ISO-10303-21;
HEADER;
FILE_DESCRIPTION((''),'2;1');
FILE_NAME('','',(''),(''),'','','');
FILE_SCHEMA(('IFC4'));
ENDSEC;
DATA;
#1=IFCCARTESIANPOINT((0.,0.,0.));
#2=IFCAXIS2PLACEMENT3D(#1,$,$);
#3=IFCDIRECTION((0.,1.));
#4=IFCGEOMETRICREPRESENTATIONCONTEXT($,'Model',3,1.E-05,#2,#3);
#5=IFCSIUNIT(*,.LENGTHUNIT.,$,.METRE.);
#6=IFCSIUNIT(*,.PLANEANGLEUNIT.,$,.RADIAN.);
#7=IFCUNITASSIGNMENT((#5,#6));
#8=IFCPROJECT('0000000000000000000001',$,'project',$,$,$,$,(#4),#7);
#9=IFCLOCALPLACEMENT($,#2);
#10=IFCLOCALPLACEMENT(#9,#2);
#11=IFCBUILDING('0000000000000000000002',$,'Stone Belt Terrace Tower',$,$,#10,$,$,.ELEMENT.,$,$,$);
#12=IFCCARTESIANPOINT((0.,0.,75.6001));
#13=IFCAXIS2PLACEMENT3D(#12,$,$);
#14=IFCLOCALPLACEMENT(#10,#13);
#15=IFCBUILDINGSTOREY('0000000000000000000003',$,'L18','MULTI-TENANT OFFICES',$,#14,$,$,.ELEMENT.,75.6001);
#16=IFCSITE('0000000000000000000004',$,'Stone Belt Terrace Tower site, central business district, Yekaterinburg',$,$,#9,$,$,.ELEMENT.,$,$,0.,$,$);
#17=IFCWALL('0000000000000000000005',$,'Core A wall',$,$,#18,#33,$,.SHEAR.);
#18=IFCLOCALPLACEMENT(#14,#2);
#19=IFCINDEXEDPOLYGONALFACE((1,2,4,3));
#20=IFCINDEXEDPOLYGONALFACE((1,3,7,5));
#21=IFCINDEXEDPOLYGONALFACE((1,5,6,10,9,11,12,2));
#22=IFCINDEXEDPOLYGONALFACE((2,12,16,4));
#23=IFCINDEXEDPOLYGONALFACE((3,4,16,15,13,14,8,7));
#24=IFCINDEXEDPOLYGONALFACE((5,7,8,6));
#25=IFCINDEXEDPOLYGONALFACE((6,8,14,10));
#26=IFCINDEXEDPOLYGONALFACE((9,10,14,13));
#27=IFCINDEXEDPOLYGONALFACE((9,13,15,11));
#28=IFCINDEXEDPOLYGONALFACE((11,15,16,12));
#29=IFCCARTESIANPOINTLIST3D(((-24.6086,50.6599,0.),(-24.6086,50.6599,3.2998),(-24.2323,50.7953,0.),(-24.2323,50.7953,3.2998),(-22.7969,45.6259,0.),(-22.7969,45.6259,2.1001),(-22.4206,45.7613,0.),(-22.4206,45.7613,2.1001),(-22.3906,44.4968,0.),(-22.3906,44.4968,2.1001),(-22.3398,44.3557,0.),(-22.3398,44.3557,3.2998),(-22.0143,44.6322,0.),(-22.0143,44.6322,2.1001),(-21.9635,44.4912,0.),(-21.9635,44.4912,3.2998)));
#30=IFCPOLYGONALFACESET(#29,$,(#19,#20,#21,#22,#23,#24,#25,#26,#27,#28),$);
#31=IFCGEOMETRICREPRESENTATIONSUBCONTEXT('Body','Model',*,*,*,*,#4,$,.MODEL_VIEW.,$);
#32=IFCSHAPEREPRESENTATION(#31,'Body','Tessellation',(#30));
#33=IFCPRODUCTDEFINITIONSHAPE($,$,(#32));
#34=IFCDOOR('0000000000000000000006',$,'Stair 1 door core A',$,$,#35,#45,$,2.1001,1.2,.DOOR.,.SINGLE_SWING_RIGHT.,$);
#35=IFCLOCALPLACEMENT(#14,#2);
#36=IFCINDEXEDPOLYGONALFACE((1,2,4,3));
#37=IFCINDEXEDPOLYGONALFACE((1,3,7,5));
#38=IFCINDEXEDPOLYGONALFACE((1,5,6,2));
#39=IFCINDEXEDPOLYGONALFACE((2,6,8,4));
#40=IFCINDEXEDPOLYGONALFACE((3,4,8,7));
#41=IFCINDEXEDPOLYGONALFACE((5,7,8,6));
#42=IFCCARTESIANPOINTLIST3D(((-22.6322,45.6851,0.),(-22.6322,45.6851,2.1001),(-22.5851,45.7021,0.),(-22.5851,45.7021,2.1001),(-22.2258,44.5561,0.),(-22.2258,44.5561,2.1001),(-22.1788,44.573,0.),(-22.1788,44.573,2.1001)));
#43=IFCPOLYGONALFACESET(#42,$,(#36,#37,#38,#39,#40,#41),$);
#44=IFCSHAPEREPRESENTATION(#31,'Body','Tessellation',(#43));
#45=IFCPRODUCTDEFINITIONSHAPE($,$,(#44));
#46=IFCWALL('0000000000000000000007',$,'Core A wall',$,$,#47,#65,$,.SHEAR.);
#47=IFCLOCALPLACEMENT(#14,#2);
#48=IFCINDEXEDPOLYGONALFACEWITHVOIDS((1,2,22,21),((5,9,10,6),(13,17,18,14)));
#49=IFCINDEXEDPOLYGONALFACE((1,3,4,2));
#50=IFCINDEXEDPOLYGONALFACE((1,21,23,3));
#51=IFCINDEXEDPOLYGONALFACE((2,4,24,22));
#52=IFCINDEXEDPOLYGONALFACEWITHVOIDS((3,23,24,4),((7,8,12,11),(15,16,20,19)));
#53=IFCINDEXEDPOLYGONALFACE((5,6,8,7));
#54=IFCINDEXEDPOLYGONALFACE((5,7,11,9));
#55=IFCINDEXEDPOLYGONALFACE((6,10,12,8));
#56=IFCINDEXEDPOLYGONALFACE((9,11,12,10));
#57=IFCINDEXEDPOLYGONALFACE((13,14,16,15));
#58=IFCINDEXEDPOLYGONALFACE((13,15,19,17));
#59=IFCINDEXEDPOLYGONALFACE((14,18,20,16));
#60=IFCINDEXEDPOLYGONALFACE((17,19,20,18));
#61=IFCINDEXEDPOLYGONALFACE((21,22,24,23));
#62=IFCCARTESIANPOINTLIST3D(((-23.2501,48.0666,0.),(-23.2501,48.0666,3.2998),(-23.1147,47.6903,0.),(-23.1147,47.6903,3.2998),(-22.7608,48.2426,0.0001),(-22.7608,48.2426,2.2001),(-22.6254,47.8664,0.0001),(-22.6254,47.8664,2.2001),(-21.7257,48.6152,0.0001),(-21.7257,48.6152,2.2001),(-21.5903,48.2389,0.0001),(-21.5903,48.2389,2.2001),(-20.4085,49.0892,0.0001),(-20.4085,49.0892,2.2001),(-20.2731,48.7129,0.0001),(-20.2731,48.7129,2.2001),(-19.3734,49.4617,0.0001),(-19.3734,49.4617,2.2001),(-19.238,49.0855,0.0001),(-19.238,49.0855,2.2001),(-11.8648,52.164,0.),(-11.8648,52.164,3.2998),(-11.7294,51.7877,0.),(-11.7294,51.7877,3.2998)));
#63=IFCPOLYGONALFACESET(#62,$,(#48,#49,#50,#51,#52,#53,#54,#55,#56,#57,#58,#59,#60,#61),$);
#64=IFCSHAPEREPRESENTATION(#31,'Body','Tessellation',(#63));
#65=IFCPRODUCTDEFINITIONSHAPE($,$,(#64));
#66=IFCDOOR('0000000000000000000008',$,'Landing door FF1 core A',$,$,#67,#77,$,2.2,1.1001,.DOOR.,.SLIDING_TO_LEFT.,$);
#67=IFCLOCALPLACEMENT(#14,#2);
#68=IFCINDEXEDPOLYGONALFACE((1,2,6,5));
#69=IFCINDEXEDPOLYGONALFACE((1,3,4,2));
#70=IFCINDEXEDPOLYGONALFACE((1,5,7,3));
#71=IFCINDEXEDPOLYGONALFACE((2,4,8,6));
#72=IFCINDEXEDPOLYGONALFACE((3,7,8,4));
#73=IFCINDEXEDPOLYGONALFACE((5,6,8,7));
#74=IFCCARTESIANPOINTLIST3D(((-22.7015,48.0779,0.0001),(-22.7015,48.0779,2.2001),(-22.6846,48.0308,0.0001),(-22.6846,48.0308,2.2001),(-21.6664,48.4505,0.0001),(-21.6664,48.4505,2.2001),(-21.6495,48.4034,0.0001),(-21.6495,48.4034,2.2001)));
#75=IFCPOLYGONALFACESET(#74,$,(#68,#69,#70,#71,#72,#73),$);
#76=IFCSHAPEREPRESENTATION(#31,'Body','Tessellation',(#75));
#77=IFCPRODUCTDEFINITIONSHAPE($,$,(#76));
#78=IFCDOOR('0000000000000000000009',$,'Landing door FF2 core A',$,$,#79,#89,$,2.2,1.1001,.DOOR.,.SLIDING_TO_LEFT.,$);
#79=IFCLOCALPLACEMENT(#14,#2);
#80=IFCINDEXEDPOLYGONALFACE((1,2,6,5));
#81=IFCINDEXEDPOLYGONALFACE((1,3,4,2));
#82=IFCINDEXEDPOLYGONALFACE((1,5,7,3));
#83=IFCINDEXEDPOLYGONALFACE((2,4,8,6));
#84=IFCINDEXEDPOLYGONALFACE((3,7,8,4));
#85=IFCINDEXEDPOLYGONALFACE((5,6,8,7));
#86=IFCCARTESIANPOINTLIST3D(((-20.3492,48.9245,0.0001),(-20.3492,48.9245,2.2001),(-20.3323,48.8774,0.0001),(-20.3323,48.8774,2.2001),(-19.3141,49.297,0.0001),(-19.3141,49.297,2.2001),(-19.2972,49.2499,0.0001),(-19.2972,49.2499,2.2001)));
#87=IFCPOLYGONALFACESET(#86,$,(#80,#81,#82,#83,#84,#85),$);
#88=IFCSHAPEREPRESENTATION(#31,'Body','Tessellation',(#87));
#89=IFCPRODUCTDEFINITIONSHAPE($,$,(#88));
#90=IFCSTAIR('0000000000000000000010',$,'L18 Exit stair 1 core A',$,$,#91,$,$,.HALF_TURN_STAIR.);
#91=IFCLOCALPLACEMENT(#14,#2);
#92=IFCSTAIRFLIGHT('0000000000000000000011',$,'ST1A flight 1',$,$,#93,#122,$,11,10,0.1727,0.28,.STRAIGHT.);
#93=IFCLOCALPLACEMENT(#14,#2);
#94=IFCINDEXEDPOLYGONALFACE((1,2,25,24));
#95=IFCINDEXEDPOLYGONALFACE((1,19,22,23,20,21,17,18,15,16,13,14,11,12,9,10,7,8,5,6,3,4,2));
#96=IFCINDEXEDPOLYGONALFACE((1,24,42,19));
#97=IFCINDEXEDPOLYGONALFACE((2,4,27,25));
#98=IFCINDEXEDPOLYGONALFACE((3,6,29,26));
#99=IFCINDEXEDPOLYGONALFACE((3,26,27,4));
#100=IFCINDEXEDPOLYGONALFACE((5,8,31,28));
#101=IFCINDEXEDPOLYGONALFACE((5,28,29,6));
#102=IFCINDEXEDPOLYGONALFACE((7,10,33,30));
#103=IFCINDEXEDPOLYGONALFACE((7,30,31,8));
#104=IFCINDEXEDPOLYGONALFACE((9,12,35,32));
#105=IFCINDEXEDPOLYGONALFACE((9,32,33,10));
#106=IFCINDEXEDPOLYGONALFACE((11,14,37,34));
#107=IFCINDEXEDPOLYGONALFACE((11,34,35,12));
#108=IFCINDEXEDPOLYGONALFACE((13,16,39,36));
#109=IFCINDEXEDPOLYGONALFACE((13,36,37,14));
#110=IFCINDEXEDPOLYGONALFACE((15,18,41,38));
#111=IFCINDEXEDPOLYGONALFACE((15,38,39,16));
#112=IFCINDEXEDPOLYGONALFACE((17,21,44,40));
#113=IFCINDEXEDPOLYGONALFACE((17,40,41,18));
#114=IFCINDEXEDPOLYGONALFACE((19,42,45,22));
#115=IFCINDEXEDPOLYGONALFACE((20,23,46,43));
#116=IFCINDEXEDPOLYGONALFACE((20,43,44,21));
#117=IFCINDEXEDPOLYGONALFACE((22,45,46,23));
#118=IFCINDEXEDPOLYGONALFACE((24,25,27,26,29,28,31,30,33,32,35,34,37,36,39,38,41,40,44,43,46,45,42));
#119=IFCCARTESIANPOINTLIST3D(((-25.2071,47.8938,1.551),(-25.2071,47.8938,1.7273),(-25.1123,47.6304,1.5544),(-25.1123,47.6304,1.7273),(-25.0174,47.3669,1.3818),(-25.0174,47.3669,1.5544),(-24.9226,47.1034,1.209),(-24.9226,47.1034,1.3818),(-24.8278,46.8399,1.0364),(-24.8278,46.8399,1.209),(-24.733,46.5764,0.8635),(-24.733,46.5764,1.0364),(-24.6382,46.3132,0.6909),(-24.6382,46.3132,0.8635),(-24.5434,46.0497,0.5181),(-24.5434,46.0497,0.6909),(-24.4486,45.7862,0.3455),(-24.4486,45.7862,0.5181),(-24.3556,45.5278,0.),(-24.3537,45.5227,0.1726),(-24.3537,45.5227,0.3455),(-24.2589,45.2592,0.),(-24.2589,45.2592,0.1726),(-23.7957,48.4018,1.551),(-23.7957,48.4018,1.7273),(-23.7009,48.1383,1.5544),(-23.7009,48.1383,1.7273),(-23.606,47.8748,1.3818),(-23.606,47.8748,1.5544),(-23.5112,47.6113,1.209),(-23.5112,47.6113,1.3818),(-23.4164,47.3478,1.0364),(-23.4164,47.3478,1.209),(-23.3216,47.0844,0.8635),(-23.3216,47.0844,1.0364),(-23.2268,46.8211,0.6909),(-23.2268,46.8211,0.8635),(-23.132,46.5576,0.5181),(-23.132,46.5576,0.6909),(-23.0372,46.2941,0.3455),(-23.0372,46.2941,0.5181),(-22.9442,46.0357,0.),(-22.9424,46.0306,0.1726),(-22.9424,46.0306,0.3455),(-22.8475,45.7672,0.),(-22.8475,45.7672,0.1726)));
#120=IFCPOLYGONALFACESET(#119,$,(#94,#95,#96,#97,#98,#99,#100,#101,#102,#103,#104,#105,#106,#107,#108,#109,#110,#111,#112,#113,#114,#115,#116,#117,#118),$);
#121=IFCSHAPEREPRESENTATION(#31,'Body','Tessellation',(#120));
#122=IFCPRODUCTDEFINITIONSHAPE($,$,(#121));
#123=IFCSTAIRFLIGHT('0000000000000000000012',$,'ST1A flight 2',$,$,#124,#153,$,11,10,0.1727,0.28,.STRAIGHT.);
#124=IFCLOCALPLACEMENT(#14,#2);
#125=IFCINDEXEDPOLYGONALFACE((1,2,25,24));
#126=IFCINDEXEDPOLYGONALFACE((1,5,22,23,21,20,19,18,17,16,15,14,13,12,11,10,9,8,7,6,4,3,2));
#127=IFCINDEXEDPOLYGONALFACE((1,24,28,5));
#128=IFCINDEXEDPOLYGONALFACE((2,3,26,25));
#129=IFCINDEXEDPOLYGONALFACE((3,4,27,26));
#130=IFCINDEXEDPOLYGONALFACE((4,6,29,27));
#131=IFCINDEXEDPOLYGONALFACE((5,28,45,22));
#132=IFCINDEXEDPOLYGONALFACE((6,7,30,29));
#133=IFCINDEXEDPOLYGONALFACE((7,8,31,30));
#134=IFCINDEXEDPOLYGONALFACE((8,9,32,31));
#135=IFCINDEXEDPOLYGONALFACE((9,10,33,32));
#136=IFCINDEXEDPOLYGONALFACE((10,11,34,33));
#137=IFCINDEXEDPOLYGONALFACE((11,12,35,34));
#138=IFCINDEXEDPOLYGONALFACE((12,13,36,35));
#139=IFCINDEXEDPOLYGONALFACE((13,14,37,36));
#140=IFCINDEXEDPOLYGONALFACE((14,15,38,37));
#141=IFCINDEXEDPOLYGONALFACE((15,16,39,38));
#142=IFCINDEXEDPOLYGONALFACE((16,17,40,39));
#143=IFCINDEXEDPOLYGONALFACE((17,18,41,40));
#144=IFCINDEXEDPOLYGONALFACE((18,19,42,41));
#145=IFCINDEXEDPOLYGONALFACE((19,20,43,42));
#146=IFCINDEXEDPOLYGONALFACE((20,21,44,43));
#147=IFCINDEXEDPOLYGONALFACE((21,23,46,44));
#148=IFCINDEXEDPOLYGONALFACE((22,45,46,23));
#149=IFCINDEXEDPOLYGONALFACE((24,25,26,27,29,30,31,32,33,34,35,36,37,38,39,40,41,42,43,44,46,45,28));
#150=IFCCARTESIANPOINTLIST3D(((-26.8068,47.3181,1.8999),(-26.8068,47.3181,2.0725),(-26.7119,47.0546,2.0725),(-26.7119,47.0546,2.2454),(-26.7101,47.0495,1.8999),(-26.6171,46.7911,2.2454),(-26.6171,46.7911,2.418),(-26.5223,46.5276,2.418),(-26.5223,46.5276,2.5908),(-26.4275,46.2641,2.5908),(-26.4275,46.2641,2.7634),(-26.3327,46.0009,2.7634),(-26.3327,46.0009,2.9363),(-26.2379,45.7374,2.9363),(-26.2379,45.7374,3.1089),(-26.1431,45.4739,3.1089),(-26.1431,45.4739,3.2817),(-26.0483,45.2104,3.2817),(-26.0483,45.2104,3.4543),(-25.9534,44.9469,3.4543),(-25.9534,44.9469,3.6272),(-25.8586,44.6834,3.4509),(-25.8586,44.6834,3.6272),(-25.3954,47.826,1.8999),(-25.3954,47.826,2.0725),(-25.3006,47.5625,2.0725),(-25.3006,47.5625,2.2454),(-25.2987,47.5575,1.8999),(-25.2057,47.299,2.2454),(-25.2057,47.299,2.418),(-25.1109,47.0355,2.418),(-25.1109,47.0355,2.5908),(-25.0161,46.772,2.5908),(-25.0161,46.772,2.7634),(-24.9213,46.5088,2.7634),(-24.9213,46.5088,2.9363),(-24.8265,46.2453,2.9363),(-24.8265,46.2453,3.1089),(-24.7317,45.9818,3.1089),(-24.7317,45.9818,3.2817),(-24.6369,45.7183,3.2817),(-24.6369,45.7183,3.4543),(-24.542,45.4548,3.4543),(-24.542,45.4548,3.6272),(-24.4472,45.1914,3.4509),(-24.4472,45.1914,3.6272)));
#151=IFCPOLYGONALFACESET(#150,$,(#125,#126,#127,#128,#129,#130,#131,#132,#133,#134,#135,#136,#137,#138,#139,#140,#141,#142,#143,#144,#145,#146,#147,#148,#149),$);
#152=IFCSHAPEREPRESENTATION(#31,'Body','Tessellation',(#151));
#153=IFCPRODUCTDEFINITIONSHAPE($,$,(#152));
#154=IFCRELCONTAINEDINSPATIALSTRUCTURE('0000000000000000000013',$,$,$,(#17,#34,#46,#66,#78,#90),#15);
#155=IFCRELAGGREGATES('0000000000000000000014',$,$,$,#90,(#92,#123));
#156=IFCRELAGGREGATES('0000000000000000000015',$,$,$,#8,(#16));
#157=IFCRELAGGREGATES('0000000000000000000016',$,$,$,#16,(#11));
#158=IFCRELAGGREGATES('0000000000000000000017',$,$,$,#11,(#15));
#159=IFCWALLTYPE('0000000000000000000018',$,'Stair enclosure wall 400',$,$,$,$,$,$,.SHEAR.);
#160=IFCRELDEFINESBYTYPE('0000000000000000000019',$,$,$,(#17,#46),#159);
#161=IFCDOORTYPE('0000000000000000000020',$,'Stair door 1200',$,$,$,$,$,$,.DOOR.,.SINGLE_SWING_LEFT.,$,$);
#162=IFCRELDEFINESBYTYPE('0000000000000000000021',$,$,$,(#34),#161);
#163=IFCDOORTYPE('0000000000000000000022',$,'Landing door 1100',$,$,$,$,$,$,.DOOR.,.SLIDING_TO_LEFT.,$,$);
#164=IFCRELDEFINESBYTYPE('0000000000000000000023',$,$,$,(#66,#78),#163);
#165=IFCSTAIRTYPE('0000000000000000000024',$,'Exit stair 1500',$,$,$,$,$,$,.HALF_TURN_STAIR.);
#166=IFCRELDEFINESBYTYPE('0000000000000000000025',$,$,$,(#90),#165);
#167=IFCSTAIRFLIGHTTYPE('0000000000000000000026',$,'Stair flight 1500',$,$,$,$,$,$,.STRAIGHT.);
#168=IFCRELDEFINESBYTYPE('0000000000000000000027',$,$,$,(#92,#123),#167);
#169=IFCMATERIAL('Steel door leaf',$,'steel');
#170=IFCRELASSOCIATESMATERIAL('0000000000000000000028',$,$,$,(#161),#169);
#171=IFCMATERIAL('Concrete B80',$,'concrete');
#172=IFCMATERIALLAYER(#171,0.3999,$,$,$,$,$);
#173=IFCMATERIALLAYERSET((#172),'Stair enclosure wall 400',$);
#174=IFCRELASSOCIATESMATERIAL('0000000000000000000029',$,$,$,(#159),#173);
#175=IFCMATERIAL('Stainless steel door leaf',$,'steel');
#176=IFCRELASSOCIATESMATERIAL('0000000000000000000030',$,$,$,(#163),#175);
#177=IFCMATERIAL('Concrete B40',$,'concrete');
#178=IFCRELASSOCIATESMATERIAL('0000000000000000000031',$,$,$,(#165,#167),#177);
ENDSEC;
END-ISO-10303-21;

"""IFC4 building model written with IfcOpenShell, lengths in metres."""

from ifc_helpers import new_model, si_unit, direction, frame, frame_2d, origin, place, context, subcontext, project, spatial, polyline, rectangle, outline, extrude, material, layer, layer_set, type_object, element, fill, aggregate, save


model = new_model("IFC4")

# Units and contexts
model_context = context("Model", 3, precision=1e-05, world=origin(), true_north=direction((0.0, 1.0)))
body_context = subcontext(model_context, "Body", "Model", "MODEL_VIEW")
ifc_project = project(units=[si_unit("LENGTHUNIT", "METRE"), si_unit("PLANEANGLEUNIT", "RADIAN")], contexts=[model_context])

# Site, building, storey
site_placement = place(None, origin())
site = spatial("IfcSite", under=ifc_project, at=site_placement, Name="Stone Belt Terrace Tower site, central business district, Yekaterinburg", CompositionType="ELEMENT", RefElevation=0.0)
building_placement = place(site_placement, origin())
building = spatial("IfcBuilding", under=site, at=building_placement, Name="Stone Belt Terrace Tower", CompositionType="ELEMENT")
storey_placement = place(building_placement, frame((0.0, 0.0, 75.6001)))
storey = spatial("IfcBuildingStorey", under=building, at=storey_placement, Name="L18", Description="MULTI-TENANT OFFICES", CompositionType="ELEMENT", Elevation=75.6001)

# Shared definitions
ifc_material_1 = material(Name="Concrete B80", Category="concrete")
ifc_material_2 = material(Name="Steel door leaf", Category="steel")
door_type_1 = type_object("IfcDoorType", Name="Stair door 1200", OperationType="SINGLE_SWING_LEFT", PredefinedType="DOOR", material=ifc_material_2)

# Shared definitions
ifc_layer_1 = layer(ifc_material_1, 0.3999)
ifc_layer_set_1 = layer_set([ifc_layer_1], Name="Stair enclosure wall 400")
wall_type_1 = type_object("IfcWallType", Name="Stair enclosure wall 400", PredefinedType="SHEAR", material=ifc_layer_set_1)

# Wall, opening, door
wall_1_placement = place(storey_placement, frame((-22.1516, 44.4233, 0.0), z_axis=(0.0, 0.0, 1.0), x_axis=(-0.338625, 0.940921, 0.0)))
wall_1 = element("IfcWall", 1, at=wall_1_placement, inside=storey, type_object=wall_type_1, Name="Core A wall", PredefinedType="SHEAR", context=body_context, shape_type="SweptSolid", body=[
    extrude(rectangle(XDim=6.7, YDim=0.3999, at=frame_2d((3.3501, 0.0))), origin(), (0.0, 0.0, 1.0), 3.2998),
])
opening_1_placement = place(wall_1_placement, frame((0.1499, 0.0, 0.0)))
opening_1 = element("IfcOpeningElement", 2, at=opening_1_placement, cuts=wall_1, PredefinedType="OPENING", context=body_context, shape_type="SweptSolid", body=[
    extrude(rectangle(XDim=1.2, YDim=2.1001, at=frame_2d((0.6001, 1.05))), frame((0.0, 0.21, 0.0), z_axis=(0.0, -1.0, 0.0), x_axis=(1.0, 0.0, 0.0)), (0.0, 0.0, 1.0), 0.4199),
])
door_1_placement = place(opening_1_placement, origin())
door_1 = element("IfcDoor", 3, at=door_1_placement, inside=storey, type_object=door_type_1, Name="Stair 1 door core A", OperationType="SINGLE_SWING_RIGHT", OverallHeight=2.1001, OverallWidth=1.2, PredefinedType="DOOR", context=body_context, shape_type="SweptSolid", body=[
    extrude(rectangle(XDim=1.2, YDim=2.1001, at=frame_2d((0.6001, 1.05))), frame((0.0, 0.0249, 0.0), z_axis=(0.0, -1.0, 0.0), x_axis=(1.0, 0.0, 0.0)), (0.0, 0.0, 1.0), 0.05),
])
fill(opening_1, door_1)

# Wall, openings, doors
wall_2_placement = place(storey_placement, frame((-23.1824, 47.8784, 0.0), z_axis=(0.0, 0.0, 1.0), x_axis=(0.940921, 0.338626, 0.0)))
wall_2 = element("IfcWall", 4, at=wall_2_placement, inside=storey, type_object=wall_type_1, Name="Core A wall", PredefinedType="SHEAR", context=body_context, shape_type="SweptSolid", body=[
    extrude(rectangle(XDim=12.1001, YDim=0.3999, at=frame_2d((6.05, 0.0))), origin(), (0.0, 0.0, 1.0), 3.2998),
])
opening_2_placement = place(wall_2_placement, frame((0.52, 0.0, 0.0)))
opening_2 = element("IfcOpeningElement", 5, at=opening_2_placement, cuts=wall_2, PredefinedType="OPENING", context=body_context, shape_type="SweptSolid", body=[
    extrude(rectangle(XDim=1.1001, YDim=2.2, at=frame_2d((0.55, 1.1001))), frame((0.0, 0.21, 0.0), z_axis=(0.0, -1.0, 0.0), x_axis=(1.0, 0.0, 0.0)), (0.0, 0.0, 1.0), 0.4199),
])
opening_3_placement = place(wall_2_placement, frame((3.02, 0.0, 0.0)))
opening_3 = element("IfcOpeningElement", 6, at=opening_3_placement, cuts=wall_2, PredefinedType="OPENING", context=body_context, shape_type="SweptSolid", body=[
    extrude(rectangle(XDim=1.1001, YDim=2.2, at=frame_2d((0.55, 1.1001))), frame((0.0, 0.21, 0.0), z_axis=(0.0, -1.0, 0.0), x_axis=(1.0, 0.0, 0.0)), (0.0, 0.0, 1.0), 0.4199),
])
ifc_material_3 = material(Name="Stainless steel door leaf", Category="steel")
door_type_2 = type_object("IfcDoorType", Name="Landing door 1100", OperationType="SLIDING_TO_LEFT", PredefinedType="DOOR", material=ifc_material_3)
door_2_placement = place(opening_2_placement, origin())
door_2 = element("IfcDoor", 7, at=door_2_placement, inside=storey, type_object=door_type_2, Name="Landing door FF1 core A", OperationType="SLIDING_TO_LEFT", OverallHeight=2.2, OverallWidth=1.1001, PredefinedType="DOOR", context=body_context, shape_type="SweptSolid", body=[
    extrude(rectangle(XDim=1.1001, YDim=2.2, at=frame_2d((0.55, 1.1001))), frame((0.0, 0.0249, 0.0), z_axis=(0.0, -1.0, 0.0), x_axis=(1.0, 0.0, 0.0)), (0.0, 0.0, 1.0), 0.05),
])
fill(opening_2, door_2)
door_3_placement = place(opening_3_placement, origin())
door_3 = element("IfcDoor", 8, at=door_3_placement, inside=storey, type_object=door_type_2, Name="Landing door FF2 core A", OperationType="SLIDING_TO_LEFT", OverallHeight=2.2, OverallWidth=1.1001, PredefinedType="DOOR", context=body_context, shape_type="SweptSolid", body=[
    extrude(rectangle(XDim=1.1001, YDim=2.2, at=frame_2d((0.55, 1.1001))), frame((0.0, 0.0249, 0.0), z_axis=(0.0, -1.0, 0.0), x_axis=(1.0, 0.0, 0.0)), (0.0, 0.0, 1.0), 0.05),
])
fill(opening_3, door_3)

# Stair, stair flights
ifc_material_4 = material(Name="Concrete B40", Category="concrete")
stair_type = type_object("IfcStairType", Name="Exit stair 1500", PredefinedType="HALF_TURN_STAIR", material=ifc_material_4)
stair_placement = place(storey_placement, origin())
stair = element("IfcStair", 9, at=stair_placement, inside=storey, type_object=stair_type, Name="L18 Exit stair 1 core A", PredefinedType="HALF_TURN_STAIR")
stair_flight_type = type_object("IfcStairFlightType", Name="Stair flight 1500", PredefinedType="STRAIGHT", material=ifc_material_4)
stair_flight_1_placement = place(storey_placement, frame((-23.5532, 45.5132, 0.0), z_axis=(0.0, 0.0, 1.0), x_axis=(-0.338624, 0.940922, 0.0)))
stair_flight_1 = element("IfcStairFlight", 10, at=stair_flight_1_placement, type_object=stair_flight_type, Name="ST1A flight 1", NumberOfRisers=11, NumberOfTreads=10, PredefinedType="STRAIGHT", RiserHeight=0.1727, TreadLength=0.28, context=body_context, shape_type="SweptSolid", body=[
    extrude(outline(polyline([(0.0, 0.0), (0.0, 0.1726), (0.28, 0.1726), (0.28, 0.3455), (0.5601, 0.3455), (0.5601, 0.5181), (0.8401, 0.5181), (0.8401, 0.6909), (1.1201, 0.6909), (1.1201, 0.8635), (1.3999, 0.8635), (1.3999, 1.0364), (1.6799, 1.0364), (1.6799, 1.209), (1.96, 1.209), (1.96, 1.3818), (2.24, 1.3818), (2.24, 1.5544), (2.52, 1.5544), (2.52, 1.7273), (2.8, 1.7273), (2.8, 1.8999), (2.8, 1.551), (0.2854, 0.0), (0.0, 0.0)])), frame((0.0, 0.75, 0.0), z_axis=(0.0, -1.0, 0.0), x_axis=(1.0, 0.0, 0.0)), (0.0, 0.0, 1.0), 1.5),
])
stair_flight_2_placement = place(storey_placement, frame((-26.1011, 47.572, 1.8999), z_axis=(0.0, 0.0, 1.0), x_axis=(0.338624, -0.940922, 0.0)))
stair_flight_2 = element("IfcStairFlight", 11, at=stair_flight_2_placement, type_object=stair_flight_type, Name="ST1A flight 2", NumberOfRisers=11, NumberOfTreads=10, PredefinedType="STRAIGHT", RiserHeight=0.1727, TreadLength=0.28, context=body_context, shape_type="SweptSolid", body=[
    extrude(outline(polyline([(0.0, 0.0), (0.0, 0.1726), (0.28, 0.1726), (0.28, 0.3455), (0.5601, 0.3455), (0.5601, 0.5181), (0.8401, 0.5181), (0.8401, 0.6909), (1.1201, 0.6909), (1.1201, 0.8635), (1.3999, 0.8635), (1.3999, 1.0364), (1.6799, 1.0364), (1.6799, 1.209), (1.96, 1.209), (1.96, 1.3818), (2.24, 1.3818), (2.24, 1.5544), (2.52, 1.5544), (2.52, 1.7273), (2.8, 1.7273), (2.8, 1.8999), (2.8, 1.551), (0.2854, 0.0), (0.0, 0.0)])), frame((0.0, 0.75, 0.0), z_axis=(0.0, -1.0, 0.0), x_axis=(1.0, 0.0, 0.0)), (0.0, 0.0, 1.0), 1.5),
])
aggregate(stair, [stair_flight_1, stair_flight_2])

save(model, "model.ifc")
